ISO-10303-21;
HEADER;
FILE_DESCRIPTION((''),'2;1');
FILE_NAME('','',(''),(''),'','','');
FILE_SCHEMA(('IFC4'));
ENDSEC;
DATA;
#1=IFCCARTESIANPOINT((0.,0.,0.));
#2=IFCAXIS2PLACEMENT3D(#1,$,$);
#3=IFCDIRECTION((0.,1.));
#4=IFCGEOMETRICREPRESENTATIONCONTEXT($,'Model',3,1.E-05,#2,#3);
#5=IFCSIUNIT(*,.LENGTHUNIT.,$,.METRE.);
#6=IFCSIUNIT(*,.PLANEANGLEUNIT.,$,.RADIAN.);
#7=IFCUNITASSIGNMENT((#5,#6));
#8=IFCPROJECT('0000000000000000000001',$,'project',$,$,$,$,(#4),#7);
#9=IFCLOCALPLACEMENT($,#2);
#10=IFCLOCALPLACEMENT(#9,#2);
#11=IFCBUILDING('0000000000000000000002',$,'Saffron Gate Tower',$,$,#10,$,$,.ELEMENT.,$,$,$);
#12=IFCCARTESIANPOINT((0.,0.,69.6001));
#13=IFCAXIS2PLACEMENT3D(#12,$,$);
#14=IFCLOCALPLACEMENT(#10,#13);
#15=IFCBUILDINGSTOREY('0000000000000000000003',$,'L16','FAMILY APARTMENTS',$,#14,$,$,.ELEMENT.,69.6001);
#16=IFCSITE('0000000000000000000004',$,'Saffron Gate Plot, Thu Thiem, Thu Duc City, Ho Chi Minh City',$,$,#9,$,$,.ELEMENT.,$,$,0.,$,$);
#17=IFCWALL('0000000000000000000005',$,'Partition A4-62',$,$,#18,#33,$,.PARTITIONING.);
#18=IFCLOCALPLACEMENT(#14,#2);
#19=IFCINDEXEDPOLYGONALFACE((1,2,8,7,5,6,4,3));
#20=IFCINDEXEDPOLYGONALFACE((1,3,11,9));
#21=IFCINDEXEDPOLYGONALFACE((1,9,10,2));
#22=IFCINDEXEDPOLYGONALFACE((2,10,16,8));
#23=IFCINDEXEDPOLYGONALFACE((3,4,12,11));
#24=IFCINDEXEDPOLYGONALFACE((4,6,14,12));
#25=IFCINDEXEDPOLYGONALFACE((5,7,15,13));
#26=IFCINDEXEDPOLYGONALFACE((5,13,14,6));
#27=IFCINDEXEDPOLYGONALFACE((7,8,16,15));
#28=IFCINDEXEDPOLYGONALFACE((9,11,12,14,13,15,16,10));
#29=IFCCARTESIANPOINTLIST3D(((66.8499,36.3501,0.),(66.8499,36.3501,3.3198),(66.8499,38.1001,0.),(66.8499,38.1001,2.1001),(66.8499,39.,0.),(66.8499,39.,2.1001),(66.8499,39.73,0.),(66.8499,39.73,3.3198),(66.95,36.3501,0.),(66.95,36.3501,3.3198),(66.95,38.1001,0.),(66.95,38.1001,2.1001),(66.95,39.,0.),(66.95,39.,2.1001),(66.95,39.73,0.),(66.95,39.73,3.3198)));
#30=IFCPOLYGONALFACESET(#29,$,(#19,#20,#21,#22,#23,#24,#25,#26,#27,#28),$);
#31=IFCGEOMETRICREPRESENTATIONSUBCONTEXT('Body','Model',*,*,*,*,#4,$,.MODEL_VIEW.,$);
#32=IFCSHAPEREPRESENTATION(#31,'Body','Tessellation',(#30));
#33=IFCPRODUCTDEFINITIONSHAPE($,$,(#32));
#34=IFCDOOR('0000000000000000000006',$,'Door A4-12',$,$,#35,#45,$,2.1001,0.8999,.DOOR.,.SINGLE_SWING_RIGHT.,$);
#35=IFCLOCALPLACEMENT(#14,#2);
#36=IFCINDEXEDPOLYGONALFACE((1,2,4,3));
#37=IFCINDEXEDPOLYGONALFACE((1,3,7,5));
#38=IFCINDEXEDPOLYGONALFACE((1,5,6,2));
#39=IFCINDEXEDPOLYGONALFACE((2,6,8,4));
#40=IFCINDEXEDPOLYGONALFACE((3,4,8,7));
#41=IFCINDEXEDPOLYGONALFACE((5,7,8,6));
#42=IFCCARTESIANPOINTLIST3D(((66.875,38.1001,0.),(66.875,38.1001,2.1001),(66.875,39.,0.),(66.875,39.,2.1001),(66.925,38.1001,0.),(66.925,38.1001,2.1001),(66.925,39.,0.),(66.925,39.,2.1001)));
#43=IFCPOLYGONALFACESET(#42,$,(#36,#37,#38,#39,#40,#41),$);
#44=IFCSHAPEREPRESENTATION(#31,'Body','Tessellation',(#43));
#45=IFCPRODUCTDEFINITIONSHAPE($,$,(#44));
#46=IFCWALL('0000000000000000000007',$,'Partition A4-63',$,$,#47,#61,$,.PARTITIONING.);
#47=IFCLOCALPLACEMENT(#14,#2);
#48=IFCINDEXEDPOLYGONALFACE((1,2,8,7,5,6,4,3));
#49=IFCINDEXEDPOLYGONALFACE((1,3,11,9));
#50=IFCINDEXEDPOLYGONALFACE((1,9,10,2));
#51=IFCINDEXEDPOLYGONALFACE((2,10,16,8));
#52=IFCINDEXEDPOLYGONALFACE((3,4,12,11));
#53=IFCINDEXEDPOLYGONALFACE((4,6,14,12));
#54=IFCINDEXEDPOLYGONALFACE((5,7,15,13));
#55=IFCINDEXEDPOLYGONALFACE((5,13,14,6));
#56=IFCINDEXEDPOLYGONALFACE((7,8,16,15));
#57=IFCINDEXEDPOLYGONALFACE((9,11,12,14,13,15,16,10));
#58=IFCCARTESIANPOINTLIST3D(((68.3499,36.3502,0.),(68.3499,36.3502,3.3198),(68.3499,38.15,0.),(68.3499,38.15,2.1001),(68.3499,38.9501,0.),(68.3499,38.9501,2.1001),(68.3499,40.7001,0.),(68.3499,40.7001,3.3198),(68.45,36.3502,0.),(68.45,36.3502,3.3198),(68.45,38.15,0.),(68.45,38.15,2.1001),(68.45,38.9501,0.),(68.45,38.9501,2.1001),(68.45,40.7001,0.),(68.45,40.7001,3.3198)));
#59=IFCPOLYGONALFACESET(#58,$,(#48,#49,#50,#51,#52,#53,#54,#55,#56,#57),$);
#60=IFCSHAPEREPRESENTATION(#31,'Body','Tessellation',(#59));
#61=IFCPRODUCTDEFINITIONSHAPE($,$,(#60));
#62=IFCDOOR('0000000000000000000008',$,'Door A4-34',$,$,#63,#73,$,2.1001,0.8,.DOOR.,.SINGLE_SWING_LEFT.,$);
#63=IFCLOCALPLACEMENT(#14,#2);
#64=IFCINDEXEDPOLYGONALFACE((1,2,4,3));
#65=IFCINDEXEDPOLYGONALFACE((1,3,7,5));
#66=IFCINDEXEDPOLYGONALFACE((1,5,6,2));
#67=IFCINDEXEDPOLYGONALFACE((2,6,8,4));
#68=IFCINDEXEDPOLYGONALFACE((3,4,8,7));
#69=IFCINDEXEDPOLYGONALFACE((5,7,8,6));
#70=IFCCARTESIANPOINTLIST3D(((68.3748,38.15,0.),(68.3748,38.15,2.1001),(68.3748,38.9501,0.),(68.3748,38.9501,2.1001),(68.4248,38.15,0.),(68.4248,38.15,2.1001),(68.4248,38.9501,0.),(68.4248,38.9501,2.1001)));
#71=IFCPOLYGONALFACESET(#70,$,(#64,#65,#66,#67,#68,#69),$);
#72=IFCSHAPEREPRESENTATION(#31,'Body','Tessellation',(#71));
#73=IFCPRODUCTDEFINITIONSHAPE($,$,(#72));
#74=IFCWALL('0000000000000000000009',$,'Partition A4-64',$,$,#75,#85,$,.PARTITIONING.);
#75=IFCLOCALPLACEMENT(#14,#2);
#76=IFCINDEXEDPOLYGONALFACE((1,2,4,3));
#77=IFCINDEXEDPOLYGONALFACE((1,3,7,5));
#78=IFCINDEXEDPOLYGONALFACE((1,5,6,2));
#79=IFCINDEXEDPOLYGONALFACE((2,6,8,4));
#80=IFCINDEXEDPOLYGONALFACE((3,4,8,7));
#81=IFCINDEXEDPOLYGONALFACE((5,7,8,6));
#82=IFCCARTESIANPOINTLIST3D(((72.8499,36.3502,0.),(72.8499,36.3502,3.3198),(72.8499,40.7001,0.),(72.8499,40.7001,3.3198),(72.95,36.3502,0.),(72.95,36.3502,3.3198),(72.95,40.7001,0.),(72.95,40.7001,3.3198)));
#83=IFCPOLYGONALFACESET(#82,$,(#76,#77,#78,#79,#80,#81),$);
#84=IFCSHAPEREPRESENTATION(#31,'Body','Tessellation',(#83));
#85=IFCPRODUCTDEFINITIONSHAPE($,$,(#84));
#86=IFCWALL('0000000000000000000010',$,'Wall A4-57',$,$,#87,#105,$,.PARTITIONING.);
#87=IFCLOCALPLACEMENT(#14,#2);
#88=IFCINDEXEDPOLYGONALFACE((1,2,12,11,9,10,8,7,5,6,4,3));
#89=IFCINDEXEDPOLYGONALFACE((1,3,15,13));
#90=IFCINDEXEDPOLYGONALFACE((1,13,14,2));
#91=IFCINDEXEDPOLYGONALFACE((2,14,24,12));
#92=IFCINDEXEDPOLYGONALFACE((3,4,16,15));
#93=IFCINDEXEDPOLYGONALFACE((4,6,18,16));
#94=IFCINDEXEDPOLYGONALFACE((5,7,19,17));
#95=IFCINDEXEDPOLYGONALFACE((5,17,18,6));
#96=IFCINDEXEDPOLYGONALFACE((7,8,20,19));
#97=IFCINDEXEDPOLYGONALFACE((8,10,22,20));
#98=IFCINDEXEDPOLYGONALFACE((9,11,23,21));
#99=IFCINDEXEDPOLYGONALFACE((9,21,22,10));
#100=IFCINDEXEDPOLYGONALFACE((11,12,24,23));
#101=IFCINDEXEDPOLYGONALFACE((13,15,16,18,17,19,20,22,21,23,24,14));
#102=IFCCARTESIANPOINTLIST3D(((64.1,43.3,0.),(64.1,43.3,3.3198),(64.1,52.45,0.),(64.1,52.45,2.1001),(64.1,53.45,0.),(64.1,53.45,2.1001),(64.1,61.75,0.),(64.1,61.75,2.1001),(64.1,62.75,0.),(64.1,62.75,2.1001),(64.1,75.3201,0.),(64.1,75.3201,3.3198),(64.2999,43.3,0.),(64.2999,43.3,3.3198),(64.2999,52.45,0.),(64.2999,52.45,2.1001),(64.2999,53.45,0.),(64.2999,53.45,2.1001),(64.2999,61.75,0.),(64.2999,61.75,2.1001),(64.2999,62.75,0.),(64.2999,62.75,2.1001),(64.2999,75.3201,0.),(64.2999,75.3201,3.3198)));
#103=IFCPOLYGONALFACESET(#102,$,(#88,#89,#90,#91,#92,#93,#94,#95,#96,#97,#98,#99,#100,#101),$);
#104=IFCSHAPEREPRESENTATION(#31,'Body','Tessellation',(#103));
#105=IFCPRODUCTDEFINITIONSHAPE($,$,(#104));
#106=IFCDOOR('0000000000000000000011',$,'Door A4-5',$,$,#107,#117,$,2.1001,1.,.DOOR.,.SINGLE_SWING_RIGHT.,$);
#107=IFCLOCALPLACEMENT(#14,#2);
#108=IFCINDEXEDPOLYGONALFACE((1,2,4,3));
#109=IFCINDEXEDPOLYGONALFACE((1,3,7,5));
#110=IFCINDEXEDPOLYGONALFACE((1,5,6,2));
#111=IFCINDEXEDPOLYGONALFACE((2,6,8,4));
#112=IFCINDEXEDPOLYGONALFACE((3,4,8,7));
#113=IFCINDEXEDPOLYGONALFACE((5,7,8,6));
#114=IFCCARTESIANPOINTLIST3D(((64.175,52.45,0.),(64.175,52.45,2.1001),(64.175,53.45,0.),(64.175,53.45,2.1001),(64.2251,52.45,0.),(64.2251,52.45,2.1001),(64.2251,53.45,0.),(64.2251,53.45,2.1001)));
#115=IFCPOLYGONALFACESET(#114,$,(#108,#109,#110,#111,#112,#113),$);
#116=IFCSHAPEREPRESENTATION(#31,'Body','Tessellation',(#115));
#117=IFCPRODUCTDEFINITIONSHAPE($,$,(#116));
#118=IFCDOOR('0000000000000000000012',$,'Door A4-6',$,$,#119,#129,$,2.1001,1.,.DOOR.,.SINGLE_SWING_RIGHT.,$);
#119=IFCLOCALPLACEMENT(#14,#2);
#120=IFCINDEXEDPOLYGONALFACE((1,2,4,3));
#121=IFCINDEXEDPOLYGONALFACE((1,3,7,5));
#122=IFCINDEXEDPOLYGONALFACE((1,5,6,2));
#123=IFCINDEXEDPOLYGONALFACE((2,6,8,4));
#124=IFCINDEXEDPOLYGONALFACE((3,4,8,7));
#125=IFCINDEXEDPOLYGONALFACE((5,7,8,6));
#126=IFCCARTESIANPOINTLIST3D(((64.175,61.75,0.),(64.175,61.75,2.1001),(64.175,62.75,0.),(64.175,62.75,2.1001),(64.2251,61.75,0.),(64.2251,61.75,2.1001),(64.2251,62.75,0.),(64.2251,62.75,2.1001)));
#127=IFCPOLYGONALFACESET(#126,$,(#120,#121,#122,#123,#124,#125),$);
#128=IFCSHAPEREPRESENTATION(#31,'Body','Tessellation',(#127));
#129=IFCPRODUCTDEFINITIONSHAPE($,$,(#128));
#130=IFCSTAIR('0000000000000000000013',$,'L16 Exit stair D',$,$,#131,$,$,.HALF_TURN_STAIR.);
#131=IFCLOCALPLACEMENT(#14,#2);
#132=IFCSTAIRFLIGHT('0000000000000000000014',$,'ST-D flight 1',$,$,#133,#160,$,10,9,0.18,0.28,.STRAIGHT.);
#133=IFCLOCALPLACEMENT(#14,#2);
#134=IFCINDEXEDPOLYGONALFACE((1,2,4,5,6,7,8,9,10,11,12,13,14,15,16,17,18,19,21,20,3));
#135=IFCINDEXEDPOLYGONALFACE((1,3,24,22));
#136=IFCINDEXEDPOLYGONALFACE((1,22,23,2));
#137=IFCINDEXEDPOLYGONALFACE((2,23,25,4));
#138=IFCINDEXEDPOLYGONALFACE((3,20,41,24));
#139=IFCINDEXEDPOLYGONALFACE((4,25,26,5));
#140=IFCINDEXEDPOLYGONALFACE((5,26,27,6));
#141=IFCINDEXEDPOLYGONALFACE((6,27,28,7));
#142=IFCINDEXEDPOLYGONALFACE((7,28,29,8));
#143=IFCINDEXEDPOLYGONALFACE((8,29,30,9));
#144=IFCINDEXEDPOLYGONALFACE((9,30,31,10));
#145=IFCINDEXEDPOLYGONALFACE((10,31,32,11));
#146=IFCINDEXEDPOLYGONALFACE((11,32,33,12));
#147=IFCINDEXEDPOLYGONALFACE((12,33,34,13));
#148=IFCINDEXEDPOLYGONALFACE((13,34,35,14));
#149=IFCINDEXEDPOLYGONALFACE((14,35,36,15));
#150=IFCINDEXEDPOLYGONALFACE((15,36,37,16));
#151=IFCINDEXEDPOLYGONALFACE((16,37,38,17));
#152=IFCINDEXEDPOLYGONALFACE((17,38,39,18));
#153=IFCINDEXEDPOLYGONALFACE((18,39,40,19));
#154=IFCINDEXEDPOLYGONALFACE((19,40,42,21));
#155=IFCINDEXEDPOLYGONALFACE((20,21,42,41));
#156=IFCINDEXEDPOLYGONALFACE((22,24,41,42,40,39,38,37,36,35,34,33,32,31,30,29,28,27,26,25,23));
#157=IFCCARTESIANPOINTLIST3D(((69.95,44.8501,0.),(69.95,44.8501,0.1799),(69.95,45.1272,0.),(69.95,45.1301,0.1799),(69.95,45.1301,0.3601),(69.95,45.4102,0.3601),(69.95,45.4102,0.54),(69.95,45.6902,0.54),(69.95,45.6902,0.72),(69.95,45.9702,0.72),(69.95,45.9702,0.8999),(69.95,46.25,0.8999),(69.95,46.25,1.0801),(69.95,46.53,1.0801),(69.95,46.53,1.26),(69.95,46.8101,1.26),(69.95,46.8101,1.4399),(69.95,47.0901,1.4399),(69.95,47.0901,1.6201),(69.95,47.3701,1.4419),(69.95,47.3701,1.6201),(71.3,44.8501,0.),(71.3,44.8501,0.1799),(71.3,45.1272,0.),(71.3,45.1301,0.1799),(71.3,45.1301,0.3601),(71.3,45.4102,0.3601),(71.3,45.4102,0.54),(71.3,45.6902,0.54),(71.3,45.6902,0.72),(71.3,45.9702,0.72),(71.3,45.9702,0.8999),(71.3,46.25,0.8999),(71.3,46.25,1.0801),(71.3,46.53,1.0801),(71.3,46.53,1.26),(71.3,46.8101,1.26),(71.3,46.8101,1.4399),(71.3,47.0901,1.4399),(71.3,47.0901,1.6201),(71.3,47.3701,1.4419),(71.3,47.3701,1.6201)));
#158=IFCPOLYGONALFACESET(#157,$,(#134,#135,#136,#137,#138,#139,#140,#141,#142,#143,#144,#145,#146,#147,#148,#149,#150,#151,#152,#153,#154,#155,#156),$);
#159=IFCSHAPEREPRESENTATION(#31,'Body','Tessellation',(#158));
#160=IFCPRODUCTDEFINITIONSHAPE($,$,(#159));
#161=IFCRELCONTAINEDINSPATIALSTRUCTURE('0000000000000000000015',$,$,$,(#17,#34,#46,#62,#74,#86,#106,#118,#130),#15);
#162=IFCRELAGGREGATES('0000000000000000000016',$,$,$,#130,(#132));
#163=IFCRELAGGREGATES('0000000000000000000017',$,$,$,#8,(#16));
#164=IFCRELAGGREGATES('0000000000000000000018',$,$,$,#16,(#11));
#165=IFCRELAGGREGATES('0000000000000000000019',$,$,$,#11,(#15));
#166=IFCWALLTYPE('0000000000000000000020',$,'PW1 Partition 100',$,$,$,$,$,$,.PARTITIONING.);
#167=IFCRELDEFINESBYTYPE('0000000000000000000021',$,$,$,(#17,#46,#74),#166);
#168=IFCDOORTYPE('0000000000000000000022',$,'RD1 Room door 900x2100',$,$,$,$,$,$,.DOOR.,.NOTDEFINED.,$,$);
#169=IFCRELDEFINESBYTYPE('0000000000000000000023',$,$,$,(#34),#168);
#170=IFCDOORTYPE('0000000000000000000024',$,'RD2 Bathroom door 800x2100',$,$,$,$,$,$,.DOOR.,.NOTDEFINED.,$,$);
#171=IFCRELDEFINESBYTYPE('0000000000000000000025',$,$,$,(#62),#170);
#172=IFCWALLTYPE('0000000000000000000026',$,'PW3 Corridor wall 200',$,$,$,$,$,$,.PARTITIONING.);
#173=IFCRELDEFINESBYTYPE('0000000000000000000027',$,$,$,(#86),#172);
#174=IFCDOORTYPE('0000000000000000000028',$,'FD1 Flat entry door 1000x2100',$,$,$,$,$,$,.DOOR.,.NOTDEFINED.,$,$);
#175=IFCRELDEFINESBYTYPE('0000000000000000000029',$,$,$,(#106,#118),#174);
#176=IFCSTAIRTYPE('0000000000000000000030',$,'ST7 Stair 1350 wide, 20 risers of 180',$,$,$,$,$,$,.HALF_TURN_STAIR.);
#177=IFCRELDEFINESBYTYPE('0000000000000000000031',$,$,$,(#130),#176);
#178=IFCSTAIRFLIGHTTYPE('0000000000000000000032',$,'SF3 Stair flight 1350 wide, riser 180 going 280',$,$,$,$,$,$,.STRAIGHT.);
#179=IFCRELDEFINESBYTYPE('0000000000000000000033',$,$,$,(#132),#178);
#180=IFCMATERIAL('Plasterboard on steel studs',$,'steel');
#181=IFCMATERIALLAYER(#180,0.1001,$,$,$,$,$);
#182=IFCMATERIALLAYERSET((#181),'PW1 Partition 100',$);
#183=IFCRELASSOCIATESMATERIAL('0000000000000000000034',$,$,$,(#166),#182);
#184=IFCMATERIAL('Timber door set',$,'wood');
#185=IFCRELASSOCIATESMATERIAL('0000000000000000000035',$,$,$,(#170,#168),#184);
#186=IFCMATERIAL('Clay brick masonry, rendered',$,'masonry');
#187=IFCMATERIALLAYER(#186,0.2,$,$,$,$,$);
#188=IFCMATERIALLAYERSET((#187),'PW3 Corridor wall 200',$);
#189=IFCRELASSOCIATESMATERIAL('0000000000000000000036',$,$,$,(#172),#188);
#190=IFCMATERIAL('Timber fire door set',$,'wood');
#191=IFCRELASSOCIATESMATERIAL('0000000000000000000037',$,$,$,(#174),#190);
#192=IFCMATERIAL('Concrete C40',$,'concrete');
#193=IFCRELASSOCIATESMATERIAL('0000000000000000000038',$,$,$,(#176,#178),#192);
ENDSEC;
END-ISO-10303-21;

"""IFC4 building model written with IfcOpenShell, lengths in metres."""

from ifc_helpers import new_model, si_unit, direction, frame, frame_2d, origin, place, context, subcontext, project, spatial, polyline, rectangle, outline, extrude, material, layer, layer_set, type_object, element, fill, aggregate, save


model = new_model("IFC4")

# Units and contexts
model_context = context("Model", 3, precision=1e-05, world=origin(), true_north=direction((0.0, 1.0)))
body_context = subcontext(model_context, "Body", "Model", "MODEL_VIEW")
ifc_project = project(units=[si_unit("LENGTHUNIT", "METRE"), si_unit("PLANEANGLEUNIT", "RADIAN")], contexts=[model_context])

# Site, building, storey
site_placement = place(None, origin())
site = spatial("IfcSite", under=ifc_project, at=site_placement, Name="Saffron Gate Plot, Thu Thiem, Thu Duc City, Ho Chi Minh City", CompositionType="ELEMENT", RefElevation=0.0)
building_placement = place(site_placement, origin())
building = spatial("IfcBuilding", under=site, at=building_placement, Name="Saffron Gate Tower", CompositionType="ELEMENT")
storey_placement = place(building_placement, frame((0.0, 0.0, 69.6001)))
storey = spatial("IfcBuildingStorey", under=building, at=storey_placement, Name="L16", Description="FAMILY APARTMENTS", CompositionType="ELEMENT", Elevation=69.6001)

# Shared definitions
ifc_material_1 = material(Name="Plasterboard on steel studs", Category="steel")
ifc_layer_1 = layer(ifc_material_1, 0.1001)
ifc_layer_set_1 = layer_set([ifc_layer_1], Name="PW1 Partition 100")
wall_type_1 = type_object("IfcWallType", Name="PW1 Partition 100", PredefinedType="PARTITIONING", material=ifc_layer_set_1)
ifc_material_2 = material(Name="Timber door set", Category="wood")
door_type_1 = type_object("IfcDoorType", Name="RD2 Bathroom door 800x2100", OperationType="NOTDEFINED", PredefinedType="DOOR", material=ifc_material_2)

# Walls, openings, doors
wall_1_placement = place(storey_placement, frame((66.8999, 36.3501, 0.0), z_axis=(0.0, 0.0, 1.0), x_axis=(0.0, 1.0, 0.0)))
wall_1 = element("IfcWall", 1, at=wall_1_placement, inside=storey, type_object=wall_type_1, Name="Partition A4-62", PredefinedType="PARTITIONING", context=body_context, shape_type="SweptSolid", body=[
    extrude(rectangle(XDim=3.3799, YDim=0.1001, at=frame_2d((1.6899, 0.0))), origin(), (0.0, 0.0, 1.0), 3.3198),
])
opening_1_placement = place(wall_1_placement, frame((1.75, 0.0, 0.0)))
opening_1 = element("IfcOpeningElement", 2, at=opening_1_placement, cuts=wall_1, PredefinedType="OPENING", context=body_context, shape_type="SweptSolid", body=[
    extrude(rectangle(XDim=0.8999, YDim=2.1001, at=frame_2d((0.45, 1.05))), frame((0.0, 0.0601, 0.0), z_axis=(0.0, -1.0, 0.0), x_axis=(1.0, 0.0, 0.0)), (0.0, 0.0, 1.0), 0.1201),
])
door_type_2 = type_object("IfcDoorType", Name="RD1 Room door 900x2100", OperationType="NOTDEFINED", PredefinedType="DOOR", material=ifc_material_2)
door_1_placement = place(opening_1_placement, origin())
door_1 = element("IfcDoor", 3, at=door_1_placement, inside=storey, type_object=door_type_2, Name="Door A4-12", OperationType="SINGLE_SWING_RIGHT", OverallHeight=2.1001, OverallWidth=0.8999, PredefinedType="DOOR", context=body_context, shape_type="SweptSolid", body=[
    extrude(rectangle(XDim=0.8999, YDim=2.1001, at=frame_2d((0.45, 1.05))), frame((0.0, 0.0249, 0.0), z_axis=(0.0, -1.0, 0.0), x_axis=(1.0, 0.0, 0.0)), (0.0, 0.0, 1.0), 0.05),
])
fill(opening_1, door_1)
wall_2_placement = place(storey_placement, frame((68.3999, 40.7, 0.0), z_axis=(0.0, 0.0, 1.0), x_axis=(0.0, -1.0, 0.0)))
wall_2 = element("IfcWall", 4, at=wall_2_placement, inside=storey, type_object=wall_type_1, Name="Partition A4-63", PredefinedType="PARTITIONING", context=body_context, shape_type="SweptSolid", body=[
    extrude(rectangle(XDim=4.3499, YDim=0.1001, at=frame_2d((2.1748, 0.0))), origin(), (0.0, 0.0, 1.0), 3.3198),
])
opening_2_placement = place(wall_2_placement, frame((1.75, 0.0, 0.0)))
opening_2 = element("IfcOpeningElement", 5, at=opening_2_placement, cuts=wall_2, PredefinedType="OPENING", context=body_context, shape_type="SweptSolid", body=[
    extrude(rectangle(XDim=0.8, YDim=2.1001, at=frame_2d((0.3999, 1.05))), frame((0.0, 0.0601, 0.0), z_axis=(0.0, -1.0, 0.0), x_axis=(1.0, 0.0, 0.0)), (0.0, 0.0, 1.0), 0.1201),
])
door_2_placement = place(opening_2_placement, origin())
door_2 = element("IfcDoor", 6, at=door_2_placement, inside=storey, type_object=door_type_1, Name="Door A4-34", OperationType="SINGLE_SWING_LEFT", OverallHeight=2.1001, OverallWidth=0.8, PredefinedType="DOOR", context=body_context, shape_type="SweptSolid", body=[
    extrude(rectangle(XDim=0.8, YDim=2.1001, at=frame_2d((0.3999, 1.05))), frame((0.0, 0.0249, 0.0), z_axis=(0.0, -1.0, 0.0), x_axis=(1.0, 0.0, 0.0)), (0.0, 0.0, 1.0), 0.05),
])
fill(opening_2, door_2)

# Wall
wall_3_placement = place(storey_placement, frame((72.8999, 40.7, 0.0), z_axis=(0.0, 0.0, 1.0), x_axis=(0.0, -1.0, 0.0)))
element("IfcWall", 7, at=wall_3_placement, inside=storey, type_object=wall_type_1, Name="Partition A4-64", PredefinedType="PARTITIONING", context=body_context, shape_type="SweptSolid", body=[
    extrude(rectangle(XDim=4.3499, YDim=0.1001, at=frame_2d((2.1748, 0.0))), origin(), (0.0, 0.0, 1.0), 3.3198),
])

# Wall, openings, doors
ifc_material_3 = material(Name="Clay brick masonry, rendered", Category="masonry")
ifc_layer_2 = layer(ifc_material_3, 0.2)
ifc_layer_set_2 = layer_set([ifc_layer_2], Name="PW3 Corridor wall 200")
wall_type_2 = type_object("IfcWallType", Name="PW3 Corridor wall 200", PredefinedType="PARTITIONING", material=ifc_layer_set_2)
wall_4_placement = place(storey_placement, frame((64.2, 43.3, 0.0), z_axis=(0.0, 0.0, 1.0), x_axis=(0.0, 1.0, 0.0)))
wall_4 = element("IfcWall", 8, at=wall_4_placement, inside=storey, type_object=wall_type_2, Name="Wall A4-57", PredefinedType="PARTITIONING", context=body_context, shape_type="SweptSolid", body=[
    extrude(rectangle(XDim=32.02, YDim=0.2, at=frame_2d((16.01, 0.0))), origin(), (0.0, 0.0, 1.0), 3.3198),
])
opening_3_placement = place(wall_4_placement, frame((9.1499, 0.0, 0.0)))
opening_3 = element("IfcOpeningElement", 9, at=opening_3_placement, cuts=wall_4, PredefinedType="OPENING", context=body_context, shape_type="SweptSolid", body=[
    extrude(rectangle(XDim=1.0, YDim=2.1001, at=frame_2d((0.5, 1.05))), frame((0.0, 0.1099, 0.0), z_axis=(0.0, -1.0, 0.0), x_axis=(1.0, 0.0, 0.0)), (0.0, 0.0, 1.0), 0.22),
])
opening_4_placement = place(wall_4_placement, frame((18.45, 0.0, 0.0)))
opening_4 = element("IfcOpeningElement", 10, at=opening_4_placement, cuts=wall_4, PredefinedType="OPENING", context=body_context, shape_type="SweptSolid", body=[
    extrude(rectangle(XDim=1.0, YDim=2.1001, at=frame_2d((0.5, 1.05))), frame((0.0, 0.1099, 0.0), z_axis=(0.0, -1.0, 0.0), x_axis=(1.0, 0.0, 0.0)), (0.0, 0.0, 1.0), 0.22),
])
ifc_material_4 = material(Name="Timber fire door set", Category="wood")
door_type_3 = type_object("IfcDoorType", Name="FD1 Flat entry door 1000x2100", OperationType="NOTDEFINED", PredefinedType="DOOR", material=ifc_material_4)
door_3_placement = place(opening_3_placement, origin())
door_3 = element("IfcDoor", 11, at=door_3_placement, inside=storey, type_object=door_type_3, Name="Door A4-5", OperationType="SINGLE_SWING_RIGHT", OverallHeight=2.1001, OverallWidth=1.0, PredefinedType="DOOR", context=body_context, shape_type="SweptSolid", body=[
    extrude(rectangle(XDim=1.0, YDim=2.1001, at=frame_2d((0.5, 1.05))), frame((0.0, 0.0249, 0.0), z_axis=(0.0, -1.0, 0.0), x_axis=(1.0, 0.0, 0.0)), (0.0, 0.0, 1.0), 0.05),
])
fill(opening_3, door_3)
door_4_placement = place(opening_4_placement, origin())
door_4 = element("IfcDoor", 12, at=door_4_placement, inside=storey, type_object=door_type_3, Name="Door A4-6", OperationType="SINGLE_SWING_RIGHT", OverallHeight=2.1001, OverallWidth=1.0, PredefinedType="DOOR", context=body_context, shape_type="SweptSolid", body=[
    extrude(rectangle(XDim=1.0, YDim=2.1001, at=frame_2d((0.5, 1.05))), frame((0.0, 0.0249, 0.0), z_axis=(0.0, -1.0, 0.0), x_axis=(1.0, 0.0, 0.0)), (0.0, 0.0, 1.0), 0.05),
])
fill(opening_4, door_4)

# Stair, stair flight
ifc_material_5 = material(Name="Concrete C40", Category="concrete")
stair_type = type_object("IfcStairType", Name="ST7 Stair 1350 wide, 20 risers of 180", PredefinedType="HALF_TURN_STAIR", material=ifc_material_5)
stair_placement = place(storey_placement, origin())
stair = element("IfcStair", 13, at=stair_placement, inside=storey, type_object=stair_type, Name="L16 Exit stair D", PredefinedType="HALF_TURN_STAIR")
stair_flight_type = type_object("IfcStairFlightType", Name="SF3 Stair flight 1350 wide, riser 180 going 280", PredefinedType="STRAIGHT", material=ifc_material_5)
stair_flight_1_placement = place(storey_placement, frame((70.625, 44.8501, 0.0), z_axis=(0.0, 0.0, 1.0), x_axis=(0.0, 1.0, 0.0)))
stair_flight_1 = element("IfcStairFlight", 14, at=stair_flight_1_placement, type_object=stair_flight_type, Name="ST-D flight 1", NumberOfRisers=10, NumberOfTreads=9, PredefinedType="STRAIGHT", RiserHeight=0.18, TreadLength=0.28, context=body_context, shape_type="SweptSolid", body=[
    extrude(outline(polyline([(0.0, 0.0), (0.0, 0.1799), (0.28, 0.1799), (0.28, 0.3601), (0.5601, 0.3601), (0.5601, 0.54), (0.8401, 0.54), (0.8401, 0.72), (1.1201, 0.72), (1.1201, 0.8999), (1.3999, 0.8999), (1.3999, 1.0801), (1.6799, 1.0801), (1.6799, 1.26), (1.96, 1.26), (1.96, 1.4399), (2.24, 1.4399), (2.24, 1.6201), (2.52, 1.6201), (2.52, 1.8), (2.52, 1.4419), (0.2771, 0.0), (0.0, 0.0)])), frame((0.0, 0.675, 0.0), z_axis=(0.0, -1.0, 0.0), x_axis=(1.0, 0.0, 0.0)), (0.0, 0.0, 1.0), 1.3501),
])
aggregate(stair, [stair_flight_1])

save(model, "model.ifc")
